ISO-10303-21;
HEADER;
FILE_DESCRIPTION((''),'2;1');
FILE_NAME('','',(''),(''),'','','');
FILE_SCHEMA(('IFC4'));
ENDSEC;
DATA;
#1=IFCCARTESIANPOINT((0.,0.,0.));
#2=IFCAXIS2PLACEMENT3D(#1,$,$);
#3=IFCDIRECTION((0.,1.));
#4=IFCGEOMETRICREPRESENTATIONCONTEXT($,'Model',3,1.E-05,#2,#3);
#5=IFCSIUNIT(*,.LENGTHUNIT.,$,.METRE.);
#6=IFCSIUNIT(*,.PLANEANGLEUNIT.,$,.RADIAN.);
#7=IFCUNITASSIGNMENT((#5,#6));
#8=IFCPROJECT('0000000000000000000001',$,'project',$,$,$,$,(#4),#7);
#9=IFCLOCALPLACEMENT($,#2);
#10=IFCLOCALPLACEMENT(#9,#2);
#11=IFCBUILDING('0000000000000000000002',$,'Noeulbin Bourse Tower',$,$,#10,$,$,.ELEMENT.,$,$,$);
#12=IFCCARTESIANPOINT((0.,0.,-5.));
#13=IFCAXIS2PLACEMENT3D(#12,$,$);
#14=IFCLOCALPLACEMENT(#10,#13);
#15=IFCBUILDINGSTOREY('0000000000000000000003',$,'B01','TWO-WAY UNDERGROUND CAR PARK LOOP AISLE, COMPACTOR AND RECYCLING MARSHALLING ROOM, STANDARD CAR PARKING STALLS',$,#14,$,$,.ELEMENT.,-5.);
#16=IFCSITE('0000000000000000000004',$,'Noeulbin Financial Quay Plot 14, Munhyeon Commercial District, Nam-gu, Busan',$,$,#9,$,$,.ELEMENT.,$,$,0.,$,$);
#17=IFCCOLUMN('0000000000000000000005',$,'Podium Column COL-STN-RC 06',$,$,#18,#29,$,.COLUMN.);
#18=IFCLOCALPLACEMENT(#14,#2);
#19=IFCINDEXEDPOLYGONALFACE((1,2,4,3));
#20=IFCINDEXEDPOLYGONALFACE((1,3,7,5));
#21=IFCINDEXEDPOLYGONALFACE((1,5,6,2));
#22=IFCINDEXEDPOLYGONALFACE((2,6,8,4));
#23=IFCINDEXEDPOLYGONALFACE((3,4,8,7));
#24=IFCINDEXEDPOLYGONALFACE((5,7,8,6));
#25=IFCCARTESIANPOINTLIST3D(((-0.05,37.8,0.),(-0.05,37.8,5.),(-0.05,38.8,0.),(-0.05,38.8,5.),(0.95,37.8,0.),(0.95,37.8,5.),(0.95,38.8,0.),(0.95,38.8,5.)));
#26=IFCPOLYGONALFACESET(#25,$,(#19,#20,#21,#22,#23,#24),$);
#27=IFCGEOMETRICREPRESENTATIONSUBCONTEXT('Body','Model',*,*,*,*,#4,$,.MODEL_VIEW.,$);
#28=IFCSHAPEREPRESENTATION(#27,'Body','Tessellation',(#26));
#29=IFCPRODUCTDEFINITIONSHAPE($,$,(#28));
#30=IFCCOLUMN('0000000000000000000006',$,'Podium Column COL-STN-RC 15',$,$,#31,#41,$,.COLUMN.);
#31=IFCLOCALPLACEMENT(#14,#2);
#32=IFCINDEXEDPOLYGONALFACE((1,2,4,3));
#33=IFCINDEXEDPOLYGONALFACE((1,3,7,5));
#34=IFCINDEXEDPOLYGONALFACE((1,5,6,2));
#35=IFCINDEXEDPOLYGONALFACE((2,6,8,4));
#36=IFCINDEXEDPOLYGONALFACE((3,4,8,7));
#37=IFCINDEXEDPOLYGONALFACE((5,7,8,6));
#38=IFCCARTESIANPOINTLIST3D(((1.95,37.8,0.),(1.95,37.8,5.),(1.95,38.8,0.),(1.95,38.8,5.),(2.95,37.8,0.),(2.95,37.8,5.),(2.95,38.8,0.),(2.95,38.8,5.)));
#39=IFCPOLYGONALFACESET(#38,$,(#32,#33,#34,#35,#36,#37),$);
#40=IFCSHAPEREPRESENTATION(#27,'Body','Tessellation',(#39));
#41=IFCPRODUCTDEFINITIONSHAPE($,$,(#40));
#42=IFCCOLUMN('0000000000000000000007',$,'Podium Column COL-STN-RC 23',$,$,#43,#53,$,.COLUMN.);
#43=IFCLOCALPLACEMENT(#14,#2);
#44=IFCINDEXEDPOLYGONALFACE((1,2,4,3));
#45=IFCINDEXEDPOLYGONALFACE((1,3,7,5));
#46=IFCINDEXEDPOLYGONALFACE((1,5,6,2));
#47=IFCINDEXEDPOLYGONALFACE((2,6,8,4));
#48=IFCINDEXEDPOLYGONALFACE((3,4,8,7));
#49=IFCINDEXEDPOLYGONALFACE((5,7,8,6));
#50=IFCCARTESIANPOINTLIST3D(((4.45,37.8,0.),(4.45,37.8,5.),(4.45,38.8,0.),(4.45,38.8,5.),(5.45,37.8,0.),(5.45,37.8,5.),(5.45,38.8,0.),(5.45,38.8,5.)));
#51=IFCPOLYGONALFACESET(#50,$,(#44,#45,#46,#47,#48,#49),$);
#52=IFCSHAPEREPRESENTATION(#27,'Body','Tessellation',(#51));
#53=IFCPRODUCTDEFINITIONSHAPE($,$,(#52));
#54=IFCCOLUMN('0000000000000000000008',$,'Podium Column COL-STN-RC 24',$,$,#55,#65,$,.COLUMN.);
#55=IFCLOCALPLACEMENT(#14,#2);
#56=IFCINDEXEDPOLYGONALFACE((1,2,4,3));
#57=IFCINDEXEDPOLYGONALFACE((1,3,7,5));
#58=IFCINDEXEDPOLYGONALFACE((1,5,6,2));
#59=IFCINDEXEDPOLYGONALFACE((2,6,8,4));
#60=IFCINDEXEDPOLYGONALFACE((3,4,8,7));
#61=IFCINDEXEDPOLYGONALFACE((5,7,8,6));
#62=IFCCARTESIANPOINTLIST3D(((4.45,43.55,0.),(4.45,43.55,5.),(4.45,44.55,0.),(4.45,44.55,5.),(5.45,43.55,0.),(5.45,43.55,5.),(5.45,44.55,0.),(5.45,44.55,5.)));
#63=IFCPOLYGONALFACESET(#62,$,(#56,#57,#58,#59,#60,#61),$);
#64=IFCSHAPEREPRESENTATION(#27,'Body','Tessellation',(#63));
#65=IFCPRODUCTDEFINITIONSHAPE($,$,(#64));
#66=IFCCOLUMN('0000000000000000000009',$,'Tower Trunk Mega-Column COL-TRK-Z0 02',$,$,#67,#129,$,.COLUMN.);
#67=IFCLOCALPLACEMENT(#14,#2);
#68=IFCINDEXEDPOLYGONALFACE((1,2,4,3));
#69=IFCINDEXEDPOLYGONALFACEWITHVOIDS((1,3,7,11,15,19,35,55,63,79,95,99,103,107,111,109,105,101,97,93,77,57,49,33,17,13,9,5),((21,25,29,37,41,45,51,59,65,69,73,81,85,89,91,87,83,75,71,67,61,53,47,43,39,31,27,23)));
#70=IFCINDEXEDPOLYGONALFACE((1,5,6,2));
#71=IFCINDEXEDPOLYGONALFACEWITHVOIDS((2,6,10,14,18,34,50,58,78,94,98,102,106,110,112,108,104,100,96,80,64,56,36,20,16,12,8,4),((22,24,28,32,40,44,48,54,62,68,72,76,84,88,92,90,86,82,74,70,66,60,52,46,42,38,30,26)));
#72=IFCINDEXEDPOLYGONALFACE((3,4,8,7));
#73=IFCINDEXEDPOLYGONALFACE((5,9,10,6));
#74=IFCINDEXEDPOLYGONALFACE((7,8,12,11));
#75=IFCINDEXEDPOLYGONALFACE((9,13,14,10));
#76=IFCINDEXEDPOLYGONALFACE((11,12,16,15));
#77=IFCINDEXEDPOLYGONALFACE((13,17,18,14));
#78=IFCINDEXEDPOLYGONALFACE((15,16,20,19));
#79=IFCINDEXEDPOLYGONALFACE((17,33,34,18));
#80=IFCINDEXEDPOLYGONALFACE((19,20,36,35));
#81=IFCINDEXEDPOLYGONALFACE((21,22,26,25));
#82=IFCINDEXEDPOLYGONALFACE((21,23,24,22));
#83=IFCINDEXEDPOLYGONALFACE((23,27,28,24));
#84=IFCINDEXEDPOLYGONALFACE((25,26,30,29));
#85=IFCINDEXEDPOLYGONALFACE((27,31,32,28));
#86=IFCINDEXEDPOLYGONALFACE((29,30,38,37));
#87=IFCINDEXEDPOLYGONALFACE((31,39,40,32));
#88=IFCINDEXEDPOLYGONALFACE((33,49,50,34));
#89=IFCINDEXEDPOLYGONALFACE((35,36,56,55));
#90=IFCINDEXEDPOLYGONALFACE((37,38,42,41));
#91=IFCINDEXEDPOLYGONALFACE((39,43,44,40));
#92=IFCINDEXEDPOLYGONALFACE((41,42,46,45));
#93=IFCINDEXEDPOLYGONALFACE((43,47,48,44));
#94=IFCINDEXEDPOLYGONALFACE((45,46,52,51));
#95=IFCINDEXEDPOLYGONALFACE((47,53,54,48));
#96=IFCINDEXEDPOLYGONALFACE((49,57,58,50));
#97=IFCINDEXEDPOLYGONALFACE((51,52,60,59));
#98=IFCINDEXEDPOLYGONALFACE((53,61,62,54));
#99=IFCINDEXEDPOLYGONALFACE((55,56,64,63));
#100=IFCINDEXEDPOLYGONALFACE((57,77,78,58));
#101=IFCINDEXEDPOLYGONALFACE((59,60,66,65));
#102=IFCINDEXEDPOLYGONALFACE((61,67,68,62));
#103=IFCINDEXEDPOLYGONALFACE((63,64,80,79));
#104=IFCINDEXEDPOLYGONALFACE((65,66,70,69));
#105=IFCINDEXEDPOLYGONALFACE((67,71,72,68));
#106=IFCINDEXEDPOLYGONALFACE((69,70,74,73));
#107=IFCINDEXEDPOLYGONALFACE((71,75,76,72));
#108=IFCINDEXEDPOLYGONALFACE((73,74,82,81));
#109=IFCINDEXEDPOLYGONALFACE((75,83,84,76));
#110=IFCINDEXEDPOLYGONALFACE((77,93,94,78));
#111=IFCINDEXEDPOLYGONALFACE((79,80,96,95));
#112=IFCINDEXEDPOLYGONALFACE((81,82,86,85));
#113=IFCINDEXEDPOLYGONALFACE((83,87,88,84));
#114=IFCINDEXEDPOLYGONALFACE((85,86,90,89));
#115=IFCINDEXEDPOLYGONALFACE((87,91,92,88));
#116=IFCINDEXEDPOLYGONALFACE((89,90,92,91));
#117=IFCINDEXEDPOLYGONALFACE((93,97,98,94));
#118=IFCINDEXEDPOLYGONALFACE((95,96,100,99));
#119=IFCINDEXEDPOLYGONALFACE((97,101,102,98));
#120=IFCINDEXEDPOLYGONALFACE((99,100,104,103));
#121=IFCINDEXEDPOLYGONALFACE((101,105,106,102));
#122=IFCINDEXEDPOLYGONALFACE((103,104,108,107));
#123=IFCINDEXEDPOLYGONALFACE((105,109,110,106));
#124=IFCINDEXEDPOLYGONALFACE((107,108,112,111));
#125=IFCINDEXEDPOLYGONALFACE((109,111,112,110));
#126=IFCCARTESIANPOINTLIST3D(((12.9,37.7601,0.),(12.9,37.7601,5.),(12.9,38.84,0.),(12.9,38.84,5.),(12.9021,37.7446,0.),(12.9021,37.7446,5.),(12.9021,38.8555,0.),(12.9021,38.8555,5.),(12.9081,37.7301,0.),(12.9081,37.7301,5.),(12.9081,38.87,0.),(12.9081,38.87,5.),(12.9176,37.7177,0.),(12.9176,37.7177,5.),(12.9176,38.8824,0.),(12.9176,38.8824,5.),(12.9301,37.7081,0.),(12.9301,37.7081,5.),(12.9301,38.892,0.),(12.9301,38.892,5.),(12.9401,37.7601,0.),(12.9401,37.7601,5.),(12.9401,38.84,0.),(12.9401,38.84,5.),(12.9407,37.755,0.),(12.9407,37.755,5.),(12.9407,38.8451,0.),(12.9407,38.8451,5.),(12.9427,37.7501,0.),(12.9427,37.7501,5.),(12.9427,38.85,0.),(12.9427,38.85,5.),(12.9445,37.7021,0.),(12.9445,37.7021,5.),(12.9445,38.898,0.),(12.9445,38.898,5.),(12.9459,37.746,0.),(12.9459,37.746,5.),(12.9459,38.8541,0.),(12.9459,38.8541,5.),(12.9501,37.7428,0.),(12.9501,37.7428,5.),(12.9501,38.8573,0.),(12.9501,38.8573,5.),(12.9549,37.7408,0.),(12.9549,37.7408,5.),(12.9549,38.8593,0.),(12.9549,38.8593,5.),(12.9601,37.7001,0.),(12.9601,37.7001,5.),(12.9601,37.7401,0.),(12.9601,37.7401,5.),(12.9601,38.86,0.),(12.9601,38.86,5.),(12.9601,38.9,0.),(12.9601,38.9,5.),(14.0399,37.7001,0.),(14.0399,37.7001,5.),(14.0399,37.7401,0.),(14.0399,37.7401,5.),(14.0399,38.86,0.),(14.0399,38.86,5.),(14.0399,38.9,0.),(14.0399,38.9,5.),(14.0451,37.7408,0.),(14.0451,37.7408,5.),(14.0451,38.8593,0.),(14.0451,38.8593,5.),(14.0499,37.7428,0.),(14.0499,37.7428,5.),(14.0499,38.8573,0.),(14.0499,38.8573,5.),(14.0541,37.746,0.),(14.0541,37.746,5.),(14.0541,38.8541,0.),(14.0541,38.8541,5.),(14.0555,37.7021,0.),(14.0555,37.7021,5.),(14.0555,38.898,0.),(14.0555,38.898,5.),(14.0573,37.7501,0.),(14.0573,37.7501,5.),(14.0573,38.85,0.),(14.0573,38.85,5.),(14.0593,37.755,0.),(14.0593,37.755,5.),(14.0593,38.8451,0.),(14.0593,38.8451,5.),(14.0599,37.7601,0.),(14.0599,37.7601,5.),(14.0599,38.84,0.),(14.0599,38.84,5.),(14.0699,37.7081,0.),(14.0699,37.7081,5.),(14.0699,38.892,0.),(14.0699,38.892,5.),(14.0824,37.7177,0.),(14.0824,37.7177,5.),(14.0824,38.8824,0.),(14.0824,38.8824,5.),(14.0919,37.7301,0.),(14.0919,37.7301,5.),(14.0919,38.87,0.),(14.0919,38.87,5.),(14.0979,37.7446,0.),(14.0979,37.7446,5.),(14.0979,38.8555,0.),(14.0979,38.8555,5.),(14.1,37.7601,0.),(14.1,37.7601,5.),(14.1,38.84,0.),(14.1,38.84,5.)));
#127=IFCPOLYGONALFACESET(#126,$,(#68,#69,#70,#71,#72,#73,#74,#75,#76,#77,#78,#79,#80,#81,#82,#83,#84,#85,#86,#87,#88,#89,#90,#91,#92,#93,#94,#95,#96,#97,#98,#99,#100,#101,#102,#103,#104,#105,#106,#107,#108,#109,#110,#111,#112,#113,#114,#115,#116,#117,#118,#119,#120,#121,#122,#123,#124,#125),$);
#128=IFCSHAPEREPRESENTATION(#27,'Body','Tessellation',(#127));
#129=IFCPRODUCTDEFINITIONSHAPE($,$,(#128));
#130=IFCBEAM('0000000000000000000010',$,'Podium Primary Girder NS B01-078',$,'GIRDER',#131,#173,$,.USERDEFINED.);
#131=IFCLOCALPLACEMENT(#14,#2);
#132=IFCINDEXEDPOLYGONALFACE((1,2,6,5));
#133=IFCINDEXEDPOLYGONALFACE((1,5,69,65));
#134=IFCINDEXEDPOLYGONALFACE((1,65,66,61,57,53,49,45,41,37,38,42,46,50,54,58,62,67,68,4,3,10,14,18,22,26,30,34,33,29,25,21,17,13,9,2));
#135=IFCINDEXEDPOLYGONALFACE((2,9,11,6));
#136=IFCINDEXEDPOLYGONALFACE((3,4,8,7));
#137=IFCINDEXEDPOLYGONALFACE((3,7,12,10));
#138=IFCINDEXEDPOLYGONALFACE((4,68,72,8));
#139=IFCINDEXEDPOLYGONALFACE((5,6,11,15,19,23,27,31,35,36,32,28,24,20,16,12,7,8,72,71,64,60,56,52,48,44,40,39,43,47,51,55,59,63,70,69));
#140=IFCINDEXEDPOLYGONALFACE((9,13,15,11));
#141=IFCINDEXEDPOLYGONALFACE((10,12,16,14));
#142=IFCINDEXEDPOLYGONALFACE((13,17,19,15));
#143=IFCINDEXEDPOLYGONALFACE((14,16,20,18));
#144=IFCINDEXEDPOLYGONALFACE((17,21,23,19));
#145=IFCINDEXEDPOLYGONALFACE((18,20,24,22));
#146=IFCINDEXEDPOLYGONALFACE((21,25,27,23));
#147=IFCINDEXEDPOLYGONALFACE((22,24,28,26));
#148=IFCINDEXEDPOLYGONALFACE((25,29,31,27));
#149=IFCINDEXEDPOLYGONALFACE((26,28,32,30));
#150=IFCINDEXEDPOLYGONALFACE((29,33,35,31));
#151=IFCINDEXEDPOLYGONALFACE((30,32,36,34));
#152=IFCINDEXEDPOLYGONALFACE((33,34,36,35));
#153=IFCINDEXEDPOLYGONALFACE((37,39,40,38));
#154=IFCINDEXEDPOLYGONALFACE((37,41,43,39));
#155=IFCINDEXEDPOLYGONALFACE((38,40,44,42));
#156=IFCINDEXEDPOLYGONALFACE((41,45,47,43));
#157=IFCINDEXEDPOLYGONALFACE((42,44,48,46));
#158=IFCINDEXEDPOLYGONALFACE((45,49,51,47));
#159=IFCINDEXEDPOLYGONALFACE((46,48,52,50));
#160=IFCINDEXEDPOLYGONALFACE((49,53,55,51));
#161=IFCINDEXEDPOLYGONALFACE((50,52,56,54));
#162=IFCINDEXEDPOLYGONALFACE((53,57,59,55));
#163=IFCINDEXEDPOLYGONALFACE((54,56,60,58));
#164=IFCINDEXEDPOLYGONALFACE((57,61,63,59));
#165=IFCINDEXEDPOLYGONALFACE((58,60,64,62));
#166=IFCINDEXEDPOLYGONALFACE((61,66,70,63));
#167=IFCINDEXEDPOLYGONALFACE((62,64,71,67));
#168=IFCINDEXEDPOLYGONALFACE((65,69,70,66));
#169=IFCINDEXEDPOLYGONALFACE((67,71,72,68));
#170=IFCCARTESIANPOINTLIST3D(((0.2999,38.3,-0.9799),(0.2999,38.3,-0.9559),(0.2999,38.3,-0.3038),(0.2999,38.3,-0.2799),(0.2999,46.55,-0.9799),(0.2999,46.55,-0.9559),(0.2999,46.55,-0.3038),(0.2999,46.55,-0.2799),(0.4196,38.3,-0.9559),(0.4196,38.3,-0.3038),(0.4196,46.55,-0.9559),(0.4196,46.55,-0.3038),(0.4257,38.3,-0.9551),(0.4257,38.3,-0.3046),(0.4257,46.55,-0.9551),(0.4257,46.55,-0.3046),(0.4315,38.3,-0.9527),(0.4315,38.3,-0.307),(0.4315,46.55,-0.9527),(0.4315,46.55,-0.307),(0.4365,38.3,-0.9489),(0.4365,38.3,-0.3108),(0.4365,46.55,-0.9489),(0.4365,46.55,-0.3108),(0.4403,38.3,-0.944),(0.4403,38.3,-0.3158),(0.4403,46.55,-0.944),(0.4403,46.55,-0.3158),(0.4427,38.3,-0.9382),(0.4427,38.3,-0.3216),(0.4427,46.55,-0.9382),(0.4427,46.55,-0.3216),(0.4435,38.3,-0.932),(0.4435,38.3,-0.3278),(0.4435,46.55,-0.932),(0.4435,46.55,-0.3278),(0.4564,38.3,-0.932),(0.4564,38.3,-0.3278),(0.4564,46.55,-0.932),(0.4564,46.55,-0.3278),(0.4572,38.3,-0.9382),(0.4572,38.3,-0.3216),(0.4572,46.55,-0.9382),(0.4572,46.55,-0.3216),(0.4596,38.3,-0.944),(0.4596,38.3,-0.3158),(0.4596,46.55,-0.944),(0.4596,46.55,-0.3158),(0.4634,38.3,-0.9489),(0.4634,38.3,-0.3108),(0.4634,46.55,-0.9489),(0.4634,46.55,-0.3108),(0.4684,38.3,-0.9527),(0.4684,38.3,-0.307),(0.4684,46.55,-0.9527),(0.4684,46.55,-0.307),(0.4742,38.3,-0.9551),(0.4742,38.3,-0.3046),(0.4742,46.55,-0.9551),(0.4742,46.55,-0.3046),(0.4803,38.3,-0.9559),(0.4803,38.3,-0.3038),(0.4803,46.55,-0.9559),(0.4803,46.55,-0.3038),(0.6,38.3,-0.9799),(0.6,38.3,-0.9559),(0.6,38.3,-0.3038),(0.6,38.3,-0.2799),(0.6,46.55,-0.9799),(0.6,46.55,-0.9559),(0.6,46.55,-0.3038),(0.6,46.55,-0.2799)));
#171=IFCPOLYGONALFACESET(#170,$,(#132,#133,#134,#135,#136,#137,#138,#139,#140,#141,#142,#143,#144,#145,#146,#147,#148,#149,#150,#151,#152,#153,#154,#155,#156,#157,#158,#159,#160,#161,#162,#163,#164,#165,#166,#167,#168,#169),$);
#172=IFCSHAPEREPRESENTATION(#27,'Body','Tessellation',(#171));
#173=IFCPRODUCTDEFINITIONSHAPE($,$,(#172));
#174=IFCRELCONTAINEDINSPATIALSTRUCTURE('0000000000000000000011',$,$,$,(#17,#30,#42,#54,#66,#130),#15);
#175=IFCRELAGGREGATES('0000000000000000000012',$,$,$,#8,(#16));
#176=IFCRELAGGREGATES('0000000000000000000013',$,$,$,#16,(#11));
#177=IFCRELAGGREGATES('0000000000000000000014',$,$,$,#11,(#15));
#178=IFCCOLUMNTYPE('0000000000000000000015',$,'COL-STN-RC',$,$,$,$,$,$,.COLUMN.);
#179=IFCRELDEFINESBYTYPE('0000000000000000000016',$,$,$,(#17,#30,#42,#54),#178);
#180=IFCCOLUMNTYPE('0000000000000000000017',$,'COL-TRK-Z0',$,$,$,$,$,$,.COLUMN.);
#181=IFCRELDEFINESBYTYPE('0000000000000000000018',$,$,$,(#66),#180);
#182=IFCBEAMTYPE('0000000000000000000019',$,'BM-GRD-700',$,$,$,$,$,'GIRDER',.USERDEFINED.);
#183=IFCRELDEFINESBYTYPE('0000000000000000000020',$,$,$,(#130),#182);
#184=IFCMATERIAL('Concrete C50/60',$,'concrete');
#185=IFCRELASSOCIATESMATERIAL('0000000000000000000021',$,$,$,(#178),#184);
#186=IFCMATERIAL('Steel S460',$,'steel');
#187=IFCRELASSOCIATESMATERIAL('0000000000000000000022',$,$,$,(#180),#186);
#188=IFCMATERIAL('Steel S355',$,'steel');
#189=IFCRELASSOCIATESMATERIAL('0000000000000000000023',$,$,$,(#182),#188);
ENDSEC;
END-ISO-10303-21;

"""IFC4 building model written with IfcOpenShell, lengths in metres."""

from ifc_helpers import new_model, si_unit, direction, frame, origin, origin_2d, place, context, subcontext, project, spatial, rectangle, hollow_rectangle, i_section, extrude, material, material_profile, profile_set, type_object, element, save


model = new_model("IFC4")

# Units and contexts
model_context = context("Model", 3, precision=1e-05, world=origin(), true_north=direction((0.0, 1.0)))
body_context = subcontext(model_context, "Body", "Model", "MODEL_VIEW")
ifc_project = project(units=[si_unit("LENGTHUNIT", "METRE"), si_unit("PLANEANGLEUNIT", "RADIAN")], contexts=[model_context])

# Site, building, storey
site_placement = place(None, origin())
site = spatial("IfcSite", under=ifc_project, at=site_placement, Name="Noeulbin Financial Quay Plot 14, Munhyeon Commercial District, Nam-gu, Busan", CompositionType="ELEMENT", RefElevation=0.0)
building_placement = place(site_placement, origin())
building = spatial("IfcBuilding", under=site, at=building_placement, Name="Noeulbin Bourse Tower", CompositionType="ELEMENT")
storey_placement = place(building_placement, frame((0.0, 0.0, -5.0)))
storey = spatial("IfcBuildingStorey", under=building, at=storey_placement, Name="B01", Description="TWO-WAY UNDERGROUND CAR PARK LOOP AISLE, COMPACTOR AND RECYCLING MARSHALLING ROOM, STANDARD CAR PARKING STALLS", CompositionType="ELEMENT", Elevation=-5.0)

# Columns
ifc_material_1 = material(Name="Concrete C50/60", Category="concrete")
ifc_material_profile_1 = material_profile(ifc_material_1, rectangle(XDim=1.0, YDim=1.0, at=origin_2d()), Name="RC-COL-1000x1000", Category="LoadBearing")
ifc_profile_set_1 = profile_set([ifc_material_profile_1], Name="Concrete C50/60")
column_type_1 = type_object("IfcColumnType", Name="COL-STN-RC", PredefinedType="COLUMN", material=ifc_profile_set_1)
for number, where, z_axis, x_axis, name in (
    (1, (0.45, 38.3, 0.0), (0.0, 0.0, 1.0), (1.0, 0.0, 0.0), "Podium Column COL-STN-RC 06"),
    (2, (2.45, 38.3, 0.0), (0.0, 0.0, 1.0), (1.0, 0.0, 0.0), "Podium Column COL-STN-RC 15"),
    (3, (4.95, 38.3, 0.0), (0.0, 0.0, 1.0), (1.0, 0.0, 0.0), "Podium Column COL-STN-RC 23"),
    (4, (4.95, 44.05, 0.0), (0.0, 0.0, 1.0), (1.0, 0.0, 0.0), "Podium Column COL-STN-RC 24"),
):
    element("IfcColumn", number, at=place(storey_placement, frame(where, z_axis=z_axis, x_axis=x_axis)), inside=storey, type_object=column_type_1, Name=name, PredefinedType="COLUMN", context=body_context, shape_type="SweptSolid", body=[
        extrude(rectangle(XDim=1.0, YDim=1.0, at=origin_2d()), origin(), (0.0, 0.0, 1.0), 5.0),
    ])
ifc_material_2 = material(Name="Steel S460", Category="steel")
ifc_material_profile_2 = material_profile(ifc_material_2, hollow_rectangle(XDim=1.2, YDim=1.2, WallThickness=0.04, InnerFilletRadius=0.02, OuterFilletRadius=0.0601, at=origin_2d()), Name="BOX-1200x1200x40", Category="LoadBearing")
ifc_profile_set_2 = profile_set([ifc_material_profile_2], Name="Steel S460")
column_type_2 = type_object("IfcColumnType", Name="COL-TRK-Z0", PredefinedType="COLUMN", material=ifc_profile_set_2)
column_placement = place(storey_placement, frame((13.5, 38.3, 0.0), z_axis=(0.0, 0.0, 1.0), x_axis=(1.0, 0.0, 0.0)))
element("IfcColumn", 5, at=column_placement, inside=storey, type_object=column_type_2, Name="Tower Trunk Mega-Column COL-TRK-Z0 02", PredefinedType="COLUMN", context=body_context, shape_type="SweptSolid", body=[
    extrude(hollow_rectangle(XDim=1.2, YDim=1.2, WallThickness=0.04, InnerFilletRadius=0.02, OuterFilletRadius=0.0601, at=origin_2d()), origin(), (0.0, 0.0, 1.0), 5.0),
])

# Beam
ifc_material_3 = material(Name="Steel S355", Category="steel")
ifc_material_profile_3 = material_profile(ifc_material_3, i_section(OverallWidth=0.3, OverallDepth=0.7, WebThickness=0.0129, FlangeThickness=0.0239, FilletRadius=0.0239, at=origin_2d()), Name="H-700x300x13x24", Category="LoadBearing")
ifc_profile_set_3 = profile_set([ifc_material_profile_3], Name="Steel S355")
beam_type_1 = type_object("IfcBeamType", Name="BM-GRD-700", ElementType="GIRDER", PredefinedType="USERDEFINED", material=ifc_profile_set_3)
for number, where, z_axis, x_axis, name in (
    (6, (0.45, 38.3, -0.6299), (0.0, 1.0, 0.0), (-1.0, 0.0, 0.0), "Podium Primary Girder NS B01-078"),
):
    element("IfcBeam", number, at=place(storey_placement, frame(where, z_axis=z_axis, x_axis=x_axis)), inside=storey, type_object=beam_type_1, Name=name, ObjectType="GIRDER", PredefinedType="USERDEFINED", context=body_context, shape_type="SweptSolid", body=[
        extrude(i_section(OverallWidth=0.3, OverallDepth=0.7, WebThickness=0.0129, FlangeThickness=0.0239, FilletRadius=0.0239, at=origin_2d()), origin(), (0.0, 0.0, 1.0), 8.25),
    ])

save(model, "model.ifc")
